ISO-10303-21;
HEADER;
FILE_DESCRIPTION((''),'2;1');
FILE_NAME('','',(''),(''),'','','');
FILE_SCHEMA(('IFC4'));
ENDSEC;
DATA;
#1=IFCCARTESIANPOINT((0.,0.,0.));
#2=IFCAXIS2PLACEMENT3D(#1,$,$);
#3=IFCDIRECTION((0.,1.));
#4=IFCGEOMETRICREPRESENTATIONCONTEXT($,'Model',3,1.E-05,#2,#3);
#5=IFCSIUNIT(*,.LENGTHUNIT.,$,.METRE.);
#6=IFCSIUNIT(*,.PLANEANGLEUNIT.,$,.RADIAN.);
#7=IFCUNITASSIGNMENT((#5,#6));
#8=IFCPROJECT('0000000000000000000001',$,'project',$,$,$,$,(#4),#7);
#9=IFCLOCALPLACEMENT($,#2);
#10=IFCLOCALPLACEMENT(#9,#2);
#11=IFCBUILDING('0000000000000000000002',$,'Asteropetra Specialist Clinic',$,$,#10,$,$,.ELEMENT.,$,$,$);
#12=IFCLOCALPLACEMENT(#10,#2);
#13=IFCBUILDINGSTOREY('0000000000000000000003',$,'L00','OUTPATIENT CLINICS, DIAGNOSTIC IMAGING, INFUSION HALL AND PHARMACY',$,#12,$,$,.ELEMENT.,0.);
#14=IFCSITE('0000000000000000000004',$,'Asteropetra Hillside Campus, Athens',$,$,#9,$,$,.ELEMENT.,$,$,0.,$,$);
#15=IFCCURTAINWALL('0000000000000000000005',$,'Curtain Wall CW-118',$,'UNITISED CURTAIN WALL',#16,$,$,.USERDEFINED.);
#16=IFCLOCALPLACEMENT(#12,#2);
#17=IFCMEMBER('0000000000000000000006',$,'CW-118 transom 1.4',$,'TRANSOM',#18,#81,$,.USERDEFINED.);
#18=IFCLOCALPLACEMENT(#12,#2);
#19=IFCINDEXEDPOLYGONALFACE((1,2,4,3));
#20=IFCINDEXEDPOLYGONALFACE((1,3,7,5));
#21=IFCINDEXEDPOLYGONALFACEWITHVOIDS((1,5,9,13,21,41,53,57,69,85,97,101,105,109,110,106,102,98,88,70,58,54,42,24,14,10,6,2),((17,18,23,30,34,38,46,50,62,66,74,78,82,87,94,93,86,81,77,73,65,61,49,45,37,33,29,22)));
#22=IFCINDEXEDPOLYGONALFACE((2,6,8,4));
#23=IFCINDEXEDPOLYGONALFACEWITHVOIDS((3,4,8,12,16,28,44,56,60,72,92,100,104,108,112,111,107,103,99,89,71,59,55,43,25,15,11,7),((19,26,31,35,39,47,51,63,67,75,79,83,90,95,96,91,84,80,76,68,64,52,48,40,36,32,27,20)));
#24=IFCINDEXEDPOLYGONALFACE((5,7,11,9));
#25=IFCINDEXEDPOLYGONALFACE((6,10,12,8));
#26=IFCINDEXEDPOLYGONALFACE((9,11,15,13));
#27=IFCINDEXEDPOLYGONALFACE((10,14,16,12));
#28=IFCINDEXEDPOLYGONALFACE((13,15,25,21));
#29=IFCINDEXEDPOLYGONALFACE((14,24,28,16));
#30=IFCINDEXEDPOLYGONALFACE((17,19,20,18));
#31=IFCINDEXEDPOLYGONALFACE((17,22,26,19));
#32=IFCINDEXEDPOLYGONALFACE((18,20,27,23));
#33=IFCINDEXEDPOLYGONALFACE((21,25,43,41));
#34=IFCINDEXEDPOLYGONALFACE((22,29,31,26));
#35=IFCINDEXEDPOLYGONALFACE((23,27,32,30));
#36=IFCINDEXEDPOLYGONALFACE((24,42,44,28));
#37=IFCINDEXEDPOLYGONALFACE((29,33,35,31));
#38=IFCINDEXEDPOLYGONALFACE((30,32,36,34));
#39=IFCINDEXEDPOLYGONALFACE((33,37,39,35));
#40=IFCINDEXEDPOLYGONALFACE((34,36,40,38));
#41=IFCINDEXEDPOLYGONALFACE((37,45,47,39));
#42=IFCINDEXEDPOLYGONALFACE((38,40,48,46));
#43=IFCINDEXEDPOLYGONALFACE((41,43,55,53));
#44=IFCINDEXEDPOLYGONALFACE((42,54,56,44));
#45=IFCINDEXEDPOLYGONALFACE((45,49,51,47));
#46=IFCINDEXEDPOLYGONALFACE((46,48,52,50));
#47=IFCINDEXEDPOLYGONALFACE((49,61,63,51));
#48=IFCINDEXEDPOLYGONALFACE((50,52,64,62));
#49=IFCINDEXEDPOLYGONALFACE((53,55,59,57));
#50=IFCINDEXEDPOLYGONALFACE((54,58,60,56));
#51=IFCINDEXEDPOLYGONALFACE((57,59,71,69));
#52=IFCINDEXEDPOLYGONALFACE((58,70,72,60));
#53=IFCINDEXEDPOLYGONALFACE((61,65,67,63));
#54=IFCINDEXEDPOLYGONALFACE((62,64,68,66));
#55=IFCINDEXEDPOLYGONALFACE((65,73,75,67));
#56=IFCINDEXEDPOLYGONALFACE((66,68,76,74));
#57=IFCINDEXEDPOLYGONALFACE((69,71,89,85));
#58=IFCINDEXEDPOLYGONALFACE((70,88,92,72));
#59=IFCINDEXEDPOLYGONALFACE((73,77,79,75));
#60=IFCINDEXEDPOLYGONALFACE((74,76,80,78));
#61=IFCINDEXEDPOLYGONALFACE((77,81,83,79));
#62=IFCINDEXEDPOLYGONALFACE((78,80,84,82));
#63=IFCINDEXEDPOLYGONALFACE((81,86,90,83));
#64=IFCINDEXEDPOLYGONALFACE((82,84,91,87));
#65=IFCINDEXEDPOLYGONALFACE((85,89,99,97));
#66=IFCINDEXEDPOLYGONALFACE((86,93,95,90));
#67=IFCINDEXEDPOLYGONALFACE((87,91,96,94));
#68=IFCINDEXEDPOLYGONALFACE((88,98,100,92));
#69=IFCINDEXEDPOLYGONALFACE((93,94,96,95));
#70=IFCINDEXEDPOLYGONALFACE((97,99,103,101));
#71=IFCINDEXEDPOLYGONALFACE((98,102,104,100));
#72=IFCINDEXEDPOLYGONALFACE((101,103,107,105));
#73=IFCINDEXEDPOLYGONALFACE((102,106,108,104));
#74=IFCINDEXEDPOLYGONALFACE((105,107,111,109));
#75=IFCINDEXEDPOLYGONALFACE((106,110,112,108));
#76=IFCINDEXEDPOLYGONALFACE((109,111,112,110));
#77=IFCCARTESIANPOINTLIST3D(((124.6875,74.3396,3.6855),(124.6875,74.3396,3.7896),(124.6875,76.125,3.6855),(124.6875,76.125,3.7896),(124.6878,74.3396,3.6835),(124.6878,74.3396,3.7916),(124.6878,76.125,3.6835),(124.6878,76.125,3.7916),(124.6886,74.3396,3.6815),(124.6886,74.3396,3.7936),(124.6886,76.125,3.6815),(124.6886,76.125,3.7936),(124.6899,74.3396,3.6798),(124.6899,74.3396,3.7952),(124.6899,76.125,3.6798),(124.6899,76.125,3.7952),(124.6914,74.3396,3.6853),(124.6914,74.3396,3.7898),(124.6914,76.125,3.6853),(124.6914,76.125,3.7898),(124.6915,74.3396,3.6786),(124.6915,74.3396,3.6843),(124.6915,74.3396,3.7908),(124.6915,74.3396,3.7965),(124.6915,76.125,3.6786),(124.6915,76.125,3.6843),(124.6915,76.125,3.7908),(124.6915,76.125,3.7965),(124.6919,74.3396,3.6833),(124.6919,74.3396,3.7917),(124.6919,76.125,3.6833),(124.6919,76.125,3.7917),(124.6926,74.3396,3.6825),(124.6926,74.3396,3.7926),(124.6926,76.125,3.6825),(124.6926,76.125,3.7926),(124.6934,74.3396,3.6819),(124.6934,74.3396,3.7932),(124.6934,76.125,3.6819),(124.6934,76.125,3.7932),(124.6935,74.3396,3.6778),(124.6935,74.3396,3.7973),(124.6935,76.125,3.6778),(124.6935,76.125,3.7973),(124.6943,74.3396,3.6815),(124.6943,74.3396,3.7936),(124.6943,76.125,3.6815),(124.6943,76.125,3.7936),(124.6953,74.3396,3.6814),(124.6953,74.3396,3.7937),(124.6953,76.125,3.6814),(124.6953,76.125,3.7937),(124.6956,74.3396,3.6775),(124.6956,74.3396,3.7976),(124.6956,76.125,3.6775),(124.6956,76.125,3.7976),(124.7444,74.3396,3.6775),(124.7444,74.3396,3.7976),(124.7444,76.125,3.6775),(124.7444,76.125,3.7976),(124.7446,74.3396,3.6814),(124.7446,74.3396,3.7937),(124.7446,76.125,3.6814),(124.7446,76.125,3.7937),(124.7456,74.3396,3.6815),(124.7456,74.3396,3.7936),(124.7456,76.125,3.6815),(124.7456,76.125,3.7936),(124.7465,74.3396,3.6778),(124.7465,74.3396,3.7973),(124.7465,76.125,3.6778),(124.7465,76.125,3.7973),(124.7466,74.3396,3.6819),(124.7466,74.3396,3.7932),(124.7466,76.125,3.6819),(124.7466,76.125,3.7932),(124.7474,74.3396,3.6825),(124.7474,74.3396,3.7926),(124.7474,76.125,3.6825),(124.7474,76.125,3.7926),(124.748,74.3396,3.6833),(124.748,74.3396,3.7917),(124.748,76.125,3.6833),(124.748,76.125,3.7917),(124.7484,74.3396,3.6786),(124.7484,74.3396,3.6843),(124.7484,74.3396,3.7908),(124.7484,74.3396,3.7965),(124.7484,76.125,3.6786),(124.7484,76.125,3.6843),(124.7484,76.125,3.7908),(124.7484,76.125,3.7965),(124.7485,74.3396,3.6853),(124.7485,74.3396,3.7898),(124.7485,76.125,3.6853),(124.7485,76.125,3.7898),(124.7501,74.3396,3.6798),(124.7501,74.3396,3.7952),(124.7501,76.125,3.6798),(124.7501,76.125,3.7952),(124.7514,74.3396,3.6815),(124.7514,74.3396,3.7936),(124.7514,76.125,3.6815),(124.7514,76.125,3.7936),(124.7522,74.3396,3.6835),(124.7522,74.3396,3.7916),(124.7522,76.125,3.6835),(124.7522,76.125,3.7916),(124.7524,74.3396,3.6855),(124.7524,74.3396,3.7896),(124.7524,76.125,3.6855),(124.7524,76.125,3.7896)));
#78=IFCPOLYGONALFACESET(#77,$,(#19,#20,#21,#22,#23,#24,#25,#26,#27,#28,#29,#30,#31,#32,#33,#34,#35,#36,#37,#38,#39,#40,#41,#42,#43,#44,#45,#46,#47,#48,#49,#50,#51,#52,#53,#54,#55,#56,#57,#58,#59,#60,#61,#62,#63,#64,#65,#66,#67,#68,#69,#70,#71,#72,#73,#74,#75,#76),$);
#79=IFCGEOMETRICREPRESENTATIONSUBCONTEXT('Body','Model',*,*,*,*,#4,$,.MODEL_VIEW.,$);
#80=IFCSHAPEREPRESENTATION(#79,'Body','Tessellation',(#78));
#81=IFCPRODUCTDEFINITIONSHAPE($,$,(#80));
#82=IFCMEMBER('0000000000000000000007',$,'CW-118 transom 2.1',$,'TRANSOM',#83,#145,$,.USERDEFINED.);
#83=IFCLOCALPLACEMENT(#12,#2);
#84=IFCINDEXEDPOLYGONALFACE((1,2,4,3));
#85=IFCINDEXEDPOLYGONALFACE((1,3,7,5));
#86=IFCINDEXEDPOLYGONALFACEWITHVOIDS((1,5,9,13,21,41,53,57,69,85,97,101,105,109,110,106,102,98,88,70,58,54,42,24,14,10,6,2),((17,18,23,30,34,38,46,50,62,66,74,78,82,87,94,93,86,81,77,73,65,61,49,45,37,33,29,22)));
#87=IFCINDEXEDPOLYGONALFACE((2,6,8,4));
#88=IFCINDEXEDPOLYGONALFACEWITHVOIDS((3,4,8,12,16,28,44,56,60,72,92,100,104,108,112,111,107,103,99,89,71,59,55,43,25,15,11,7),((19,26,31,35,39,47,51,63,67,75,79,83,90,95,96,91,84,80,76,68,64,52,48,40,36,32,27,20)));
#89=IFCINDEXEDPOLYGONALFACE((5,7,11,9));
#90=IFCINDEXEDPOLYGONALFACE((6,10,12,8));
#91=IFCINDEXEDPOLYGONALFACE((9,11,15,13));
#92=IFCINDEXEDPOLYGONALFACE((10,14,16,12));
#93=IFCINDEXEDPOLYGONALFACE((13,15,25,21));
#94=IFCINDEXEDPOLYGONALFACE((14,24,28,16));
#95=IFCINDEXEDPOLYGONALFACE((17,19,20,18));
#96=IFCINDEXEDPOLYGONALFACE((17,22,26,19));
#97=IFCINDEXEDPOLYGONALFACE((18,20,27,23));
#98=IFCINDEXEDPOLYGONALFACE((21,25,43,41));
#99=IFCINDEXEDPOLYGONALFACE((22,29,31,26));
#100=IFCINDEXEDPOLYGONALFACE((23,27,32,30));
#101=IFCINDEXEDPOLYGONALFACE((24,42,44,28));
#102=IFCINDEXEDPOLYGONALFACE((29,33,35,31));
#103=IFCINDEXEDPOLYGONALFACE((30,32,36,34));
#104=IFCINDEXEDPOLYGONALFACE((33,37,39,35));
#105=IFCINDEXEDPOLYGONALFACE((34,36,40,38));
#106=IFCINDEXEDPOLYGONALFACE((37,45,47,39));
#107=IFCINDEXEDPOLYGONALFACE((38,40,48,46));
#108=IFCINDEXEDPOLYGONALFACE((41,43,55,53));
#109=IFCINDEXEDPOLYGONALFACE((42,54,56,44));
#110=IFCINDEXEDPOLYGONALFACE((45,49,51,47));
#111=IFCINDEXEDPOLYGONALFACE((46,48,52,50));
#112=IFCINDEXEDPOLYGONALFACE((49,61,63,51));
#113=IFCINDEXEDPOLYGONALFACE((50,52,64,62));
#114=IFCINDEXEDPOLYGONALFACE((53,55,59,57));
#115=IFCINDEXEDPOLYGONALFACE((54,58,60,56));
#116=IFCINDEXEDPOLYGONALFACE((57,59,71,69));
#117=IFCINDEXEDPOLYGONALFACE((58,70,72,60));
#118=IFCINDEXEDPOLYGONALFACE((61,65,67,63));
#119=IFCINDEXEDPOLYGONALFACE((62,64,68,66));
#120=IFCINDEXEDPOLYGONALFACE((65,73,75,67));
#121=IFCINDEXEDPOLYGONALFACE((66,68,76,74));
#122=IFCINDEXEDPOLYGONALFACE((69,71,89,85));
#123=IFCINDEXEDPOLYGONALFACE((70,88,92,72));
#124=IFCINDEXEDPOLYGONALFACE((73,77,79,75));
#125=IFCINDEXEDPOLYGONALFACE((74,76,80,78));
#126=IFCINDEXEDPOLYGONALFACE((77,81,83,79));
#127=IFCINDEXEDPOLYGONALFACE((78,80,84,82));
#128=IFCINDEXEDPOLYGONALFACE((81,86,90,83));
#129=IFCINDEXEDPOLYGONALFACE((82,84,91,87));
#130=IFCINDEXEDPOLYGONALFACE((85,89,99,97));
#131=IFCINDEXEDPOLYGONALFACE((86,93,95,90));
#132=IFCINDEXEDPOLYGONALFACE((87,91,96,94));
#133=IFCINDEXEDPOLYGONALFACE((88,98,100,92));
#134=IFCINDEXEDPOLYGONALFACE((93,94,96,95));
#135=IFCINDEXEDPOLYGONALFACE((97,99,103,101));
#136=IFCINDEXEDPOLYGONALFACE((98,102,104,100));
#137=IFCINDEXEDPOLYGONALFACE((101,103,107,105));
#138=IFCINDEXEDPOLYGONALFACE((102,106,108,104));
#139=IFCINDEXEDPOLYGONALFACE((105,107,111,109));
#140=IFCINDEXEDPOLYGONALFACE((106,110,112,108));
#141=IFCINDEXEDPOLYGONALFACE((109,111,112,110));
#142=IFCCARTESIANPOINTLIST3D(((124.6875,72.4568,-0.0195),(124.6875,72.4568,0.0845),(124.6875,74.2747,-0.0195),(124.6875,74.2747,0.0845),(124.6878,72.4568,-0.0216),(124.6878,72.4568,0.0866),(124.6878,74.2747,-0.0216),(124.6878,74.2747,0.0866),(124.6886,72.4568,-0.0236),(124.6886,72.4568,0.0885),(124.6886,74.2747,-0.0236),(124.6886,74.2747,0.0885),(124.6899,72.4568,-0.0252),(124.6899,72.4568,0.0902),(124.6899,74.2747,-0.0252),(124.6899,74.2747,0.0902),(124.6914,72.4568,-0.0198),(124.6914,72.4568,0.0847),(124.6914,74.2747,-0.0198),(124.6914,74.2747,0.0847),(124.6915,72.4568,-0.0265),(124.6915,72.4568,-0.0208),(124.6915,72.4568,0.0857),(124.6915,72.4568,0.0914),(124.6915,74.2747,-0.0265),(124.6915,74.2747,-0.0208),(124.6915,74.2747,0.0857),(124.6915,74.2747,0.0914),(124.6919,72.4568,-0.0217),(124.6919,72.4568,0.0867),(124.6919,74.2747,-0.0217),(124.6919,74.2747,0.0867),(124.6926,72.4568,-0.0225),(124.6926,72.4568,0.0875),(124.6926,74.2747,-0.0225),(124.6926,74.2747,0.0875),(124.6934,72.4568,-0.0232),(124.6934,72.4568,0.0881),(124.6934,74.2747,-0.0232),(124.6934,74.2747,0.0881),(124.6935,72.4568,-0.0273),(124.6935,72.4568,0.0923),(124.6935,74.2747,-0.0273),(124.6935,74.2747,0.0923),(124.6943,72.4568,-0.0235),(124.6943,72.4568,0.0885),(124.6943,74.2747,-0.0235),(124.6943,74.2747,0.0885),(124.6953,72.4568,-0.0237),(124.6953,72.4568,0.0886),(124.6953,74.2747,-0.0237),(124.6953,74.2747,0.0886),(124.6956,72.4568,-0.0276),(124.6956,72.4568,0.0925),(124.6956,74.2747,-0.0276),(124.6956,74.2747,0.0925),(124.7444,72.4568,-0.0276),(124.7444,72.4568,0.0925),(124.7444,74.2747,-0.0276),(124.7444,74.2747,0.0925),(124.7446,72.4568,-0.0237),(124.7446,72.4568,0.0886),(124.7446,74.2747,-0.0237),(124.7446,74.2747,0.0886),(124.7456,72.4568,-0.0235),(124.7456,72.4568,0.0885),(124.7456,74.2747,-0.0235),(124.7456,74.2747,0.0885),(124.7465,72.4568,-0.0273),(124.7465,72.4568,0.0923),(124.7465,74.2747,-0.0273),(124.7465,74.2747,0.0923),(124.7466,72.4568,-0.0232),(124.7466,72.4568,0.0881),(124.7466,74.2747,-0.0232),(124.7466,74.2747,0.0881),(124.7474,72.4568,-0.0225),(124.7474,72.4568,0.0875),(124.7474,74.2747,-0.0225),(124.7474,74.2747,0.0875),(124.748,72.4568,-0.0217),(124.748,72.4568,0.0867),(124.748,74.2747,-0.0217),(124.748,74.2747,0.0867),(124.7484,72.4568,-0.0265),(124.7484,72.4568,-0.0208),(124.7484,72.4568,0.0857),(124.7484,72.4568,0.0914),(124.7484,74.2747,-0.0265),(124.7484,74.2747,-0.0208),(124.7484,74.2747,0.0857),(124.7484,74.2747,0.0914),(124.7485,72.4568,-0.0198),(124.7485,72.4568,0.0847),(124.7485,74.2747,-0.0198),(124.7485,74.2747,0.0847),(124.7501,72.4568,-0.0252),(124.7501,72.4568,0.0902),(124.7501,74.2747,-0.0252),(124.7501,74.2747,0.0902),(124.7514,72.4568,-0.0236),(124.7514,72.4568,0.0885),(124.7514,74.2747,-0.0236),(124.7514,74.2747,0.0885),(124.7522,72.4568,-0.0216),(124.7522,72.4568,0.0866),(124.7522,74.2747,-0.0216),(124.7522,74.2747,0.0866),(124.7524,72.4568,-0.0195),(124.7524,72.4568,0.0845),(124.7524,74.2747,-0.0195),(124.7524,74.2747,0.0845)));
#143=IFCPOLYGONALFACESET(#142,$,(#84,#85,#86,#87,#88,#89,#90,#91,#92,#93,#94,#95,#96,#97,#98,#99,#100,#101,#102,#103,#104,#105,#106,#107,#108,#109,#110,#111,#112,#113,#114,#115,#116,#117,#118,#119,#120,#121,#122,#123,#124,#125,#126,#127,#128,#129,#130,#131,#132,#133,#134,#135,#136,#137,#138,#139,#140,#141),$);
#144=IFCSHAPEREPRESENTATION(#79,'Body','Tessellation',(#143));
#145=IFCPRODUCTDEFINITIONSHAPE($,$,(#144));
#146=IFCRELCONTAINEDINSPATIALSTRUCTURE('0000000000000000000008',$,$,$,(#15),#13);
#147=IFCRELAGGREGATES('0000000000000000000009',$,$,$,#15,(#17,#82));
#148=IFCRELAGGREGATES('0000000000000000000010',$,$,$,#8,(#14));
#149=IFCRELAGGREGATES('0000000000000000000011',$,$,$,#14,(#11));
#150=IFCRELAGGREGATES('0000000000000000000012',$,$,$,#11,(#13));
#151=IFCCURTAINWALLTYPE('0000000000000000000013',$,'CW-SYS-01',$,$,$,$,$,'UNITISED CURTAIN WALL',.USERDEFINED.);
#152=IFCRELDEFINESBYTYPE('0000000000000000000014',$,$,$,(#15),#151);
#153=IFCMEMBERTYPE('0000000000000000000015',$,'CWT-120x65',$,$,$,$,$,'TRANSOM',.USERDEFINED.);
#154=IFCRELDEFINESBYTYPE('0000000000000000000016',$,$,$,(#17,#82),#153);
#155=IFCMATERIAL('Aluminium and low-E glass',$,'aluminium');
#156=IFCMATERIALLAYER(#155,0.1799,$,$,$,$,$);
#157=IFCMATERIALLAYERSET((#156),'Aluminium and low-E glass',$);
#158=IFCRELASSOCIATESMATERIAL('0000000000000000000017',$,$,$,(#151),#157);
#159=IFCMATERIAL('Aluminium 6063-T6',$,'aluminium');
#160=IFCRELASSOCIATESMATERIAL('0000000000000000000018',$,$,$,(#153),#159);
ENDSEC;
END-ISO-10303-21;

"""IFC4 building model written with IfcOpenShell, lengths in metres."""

from ifc_helpers import new_model, si_unit, direction, frame, origin, origin_2d, place, context, subcontext, project, spatial, hollow_rectangle, extrude, material, layer, layer_set, material_profile, profile_set, type_object, element, aggregate, save


model = new_model("IFC4")

# Units and contexts
model_context = context("Model", 3, precision=1e-05, world=origin(), true_north=direction((0.0, 1.0)))
body_context = subcontext(model_context, "Body", "Model", "MODEL_VIEW")
ifc_project = project(units=[si_unit("LENGTHUNIT", "METRE"), si_unit("PLANEANGLEUNIT", "RADIAN")], contexts=[model_context])

# Site, building, storey
site_placement = place(None, origin())
site = spatial("IfcSite", under=ifc_project, at=site_placement, Name="Asteropetra Hillside Campus, Athens", CompositionType="ELEMENT", RefElevation=0.0)
building_placement = place(site_placement, origin())
building = spatial("IfcBuilding", under=site, at=building_placement, Name="Asteropetra Specialist Clinic", CompositionType="ELEMENT")
storey_placement = place(building_placement, origin())
storey = spatial("IfcBuildingStorey", under=building, at=storey_placement, Name="L00", Description="OUTPATIENT CLINICS, DIAGNOSTIC IMAGING, INFUSION HALL AND PHARMACY", CompositionType="ELEMENT", Elevation=0.0)

# Curtain wall, members
ifc_material_1 = material(Name="Aluminium and low-E glass", Category="aluminium")
ifc_layer_1 = layer(ifc_material_1, 0.1799)
ifc_layer_set_1 = layer_set([ifc_layer_1], Name="Aluminium and low-E glass")
curtain_wall_type = type_object("IfcCurtainWallType", Name="CW-SYS-01", ElementType="UNITISED CURTAIN WALL", PredefinedType="USERDEFINED", material=ifc_layer_set_1)
curtain_wall_placement = place(storey_placement, origin())
curtain_wall = element("IfcCurtainWall", 1, at=curtain_wall_placement, inside=storey, type_object=curtain_wall_type, Name="Curtain Wall CW-118", ObjectType="UNITISED CURTAIN WALL", PredefinedType="USERDEFINED")
ifc_material_2 = material(Name="Aluminium 6063-T6", Category="aluminium")
ifc_material_profile_1 = material_profile(ifc_material_2, hollow_rectangle(XDim=0.0649, YDim=0.1201, WallThickness=0.0039, InnerFilletRadius=0.0039, OuterFilletRadius=0.0081, at=origin_2d()), Name="TRN 120x65x4.0")
ifc_profile_set_1 = profile_set([ifc_material_profile_1], Name="Aluminium 6063-T6")
member_type_1 = type_object("IfcMemberType", Name="CWT-120x65", ElementType="TRANSOM", PredefinedType="USERDEFINED", material=ifc_profile_set_1)
member_1_placement = place(storey_placement, frame((124.72, 76.125, 3.7375), z_axis=(0.0, -1.0, 0.0), x_axis=(1.0, 0.0, 0.0)))
member_1 = element("IfcMember", 2, at=member_1_placement, type_object=member_type_1, Name="CW-118 transom 1.4", ObjectType="TRANSOM", PredefinedType="USERDEFINED", context=body_context, shape_type="SweptSolid", body=[
    extrude(hollow_rectangle(XDim=0.0649, YDim=0.1201, WallThickness=0.0039, InnerFilletRadius=0.0039, OuterFilletRadius=0.0081, at=origin_2d()), origin(), (0.0, 0.0, 1.0), 1.7854),
])
member_2_placement = place(storey_placement, frame((124.72, 74.2747, 0.0325), z_axis=(0.0, -1.0, 0.0), x_axis=(1.0, 0.0, 0.0)))
member_2 = element("IfcMember", 3, at=member_2_placement, type_object=member_type_1, Name="CW-118 transom 2.1", ObjectType="TRANSOM", PredefinedType="USERDEFINED", context=body_context, shape_type="SweptSolid", body=[
    extrude(hollow_rectangle(XDim=0.0649, YDim=0.1201, WallThickness=0.0039, InnerFilletRadius=0.0039, OuterFilletRadius=0.0081, at=origin_2d()), origin(), (0.0, 0.0, 1.0), 1.8179),
])
aggregate(curtain_wall, [member_1, member_2])

save(model, "model.ifc")
